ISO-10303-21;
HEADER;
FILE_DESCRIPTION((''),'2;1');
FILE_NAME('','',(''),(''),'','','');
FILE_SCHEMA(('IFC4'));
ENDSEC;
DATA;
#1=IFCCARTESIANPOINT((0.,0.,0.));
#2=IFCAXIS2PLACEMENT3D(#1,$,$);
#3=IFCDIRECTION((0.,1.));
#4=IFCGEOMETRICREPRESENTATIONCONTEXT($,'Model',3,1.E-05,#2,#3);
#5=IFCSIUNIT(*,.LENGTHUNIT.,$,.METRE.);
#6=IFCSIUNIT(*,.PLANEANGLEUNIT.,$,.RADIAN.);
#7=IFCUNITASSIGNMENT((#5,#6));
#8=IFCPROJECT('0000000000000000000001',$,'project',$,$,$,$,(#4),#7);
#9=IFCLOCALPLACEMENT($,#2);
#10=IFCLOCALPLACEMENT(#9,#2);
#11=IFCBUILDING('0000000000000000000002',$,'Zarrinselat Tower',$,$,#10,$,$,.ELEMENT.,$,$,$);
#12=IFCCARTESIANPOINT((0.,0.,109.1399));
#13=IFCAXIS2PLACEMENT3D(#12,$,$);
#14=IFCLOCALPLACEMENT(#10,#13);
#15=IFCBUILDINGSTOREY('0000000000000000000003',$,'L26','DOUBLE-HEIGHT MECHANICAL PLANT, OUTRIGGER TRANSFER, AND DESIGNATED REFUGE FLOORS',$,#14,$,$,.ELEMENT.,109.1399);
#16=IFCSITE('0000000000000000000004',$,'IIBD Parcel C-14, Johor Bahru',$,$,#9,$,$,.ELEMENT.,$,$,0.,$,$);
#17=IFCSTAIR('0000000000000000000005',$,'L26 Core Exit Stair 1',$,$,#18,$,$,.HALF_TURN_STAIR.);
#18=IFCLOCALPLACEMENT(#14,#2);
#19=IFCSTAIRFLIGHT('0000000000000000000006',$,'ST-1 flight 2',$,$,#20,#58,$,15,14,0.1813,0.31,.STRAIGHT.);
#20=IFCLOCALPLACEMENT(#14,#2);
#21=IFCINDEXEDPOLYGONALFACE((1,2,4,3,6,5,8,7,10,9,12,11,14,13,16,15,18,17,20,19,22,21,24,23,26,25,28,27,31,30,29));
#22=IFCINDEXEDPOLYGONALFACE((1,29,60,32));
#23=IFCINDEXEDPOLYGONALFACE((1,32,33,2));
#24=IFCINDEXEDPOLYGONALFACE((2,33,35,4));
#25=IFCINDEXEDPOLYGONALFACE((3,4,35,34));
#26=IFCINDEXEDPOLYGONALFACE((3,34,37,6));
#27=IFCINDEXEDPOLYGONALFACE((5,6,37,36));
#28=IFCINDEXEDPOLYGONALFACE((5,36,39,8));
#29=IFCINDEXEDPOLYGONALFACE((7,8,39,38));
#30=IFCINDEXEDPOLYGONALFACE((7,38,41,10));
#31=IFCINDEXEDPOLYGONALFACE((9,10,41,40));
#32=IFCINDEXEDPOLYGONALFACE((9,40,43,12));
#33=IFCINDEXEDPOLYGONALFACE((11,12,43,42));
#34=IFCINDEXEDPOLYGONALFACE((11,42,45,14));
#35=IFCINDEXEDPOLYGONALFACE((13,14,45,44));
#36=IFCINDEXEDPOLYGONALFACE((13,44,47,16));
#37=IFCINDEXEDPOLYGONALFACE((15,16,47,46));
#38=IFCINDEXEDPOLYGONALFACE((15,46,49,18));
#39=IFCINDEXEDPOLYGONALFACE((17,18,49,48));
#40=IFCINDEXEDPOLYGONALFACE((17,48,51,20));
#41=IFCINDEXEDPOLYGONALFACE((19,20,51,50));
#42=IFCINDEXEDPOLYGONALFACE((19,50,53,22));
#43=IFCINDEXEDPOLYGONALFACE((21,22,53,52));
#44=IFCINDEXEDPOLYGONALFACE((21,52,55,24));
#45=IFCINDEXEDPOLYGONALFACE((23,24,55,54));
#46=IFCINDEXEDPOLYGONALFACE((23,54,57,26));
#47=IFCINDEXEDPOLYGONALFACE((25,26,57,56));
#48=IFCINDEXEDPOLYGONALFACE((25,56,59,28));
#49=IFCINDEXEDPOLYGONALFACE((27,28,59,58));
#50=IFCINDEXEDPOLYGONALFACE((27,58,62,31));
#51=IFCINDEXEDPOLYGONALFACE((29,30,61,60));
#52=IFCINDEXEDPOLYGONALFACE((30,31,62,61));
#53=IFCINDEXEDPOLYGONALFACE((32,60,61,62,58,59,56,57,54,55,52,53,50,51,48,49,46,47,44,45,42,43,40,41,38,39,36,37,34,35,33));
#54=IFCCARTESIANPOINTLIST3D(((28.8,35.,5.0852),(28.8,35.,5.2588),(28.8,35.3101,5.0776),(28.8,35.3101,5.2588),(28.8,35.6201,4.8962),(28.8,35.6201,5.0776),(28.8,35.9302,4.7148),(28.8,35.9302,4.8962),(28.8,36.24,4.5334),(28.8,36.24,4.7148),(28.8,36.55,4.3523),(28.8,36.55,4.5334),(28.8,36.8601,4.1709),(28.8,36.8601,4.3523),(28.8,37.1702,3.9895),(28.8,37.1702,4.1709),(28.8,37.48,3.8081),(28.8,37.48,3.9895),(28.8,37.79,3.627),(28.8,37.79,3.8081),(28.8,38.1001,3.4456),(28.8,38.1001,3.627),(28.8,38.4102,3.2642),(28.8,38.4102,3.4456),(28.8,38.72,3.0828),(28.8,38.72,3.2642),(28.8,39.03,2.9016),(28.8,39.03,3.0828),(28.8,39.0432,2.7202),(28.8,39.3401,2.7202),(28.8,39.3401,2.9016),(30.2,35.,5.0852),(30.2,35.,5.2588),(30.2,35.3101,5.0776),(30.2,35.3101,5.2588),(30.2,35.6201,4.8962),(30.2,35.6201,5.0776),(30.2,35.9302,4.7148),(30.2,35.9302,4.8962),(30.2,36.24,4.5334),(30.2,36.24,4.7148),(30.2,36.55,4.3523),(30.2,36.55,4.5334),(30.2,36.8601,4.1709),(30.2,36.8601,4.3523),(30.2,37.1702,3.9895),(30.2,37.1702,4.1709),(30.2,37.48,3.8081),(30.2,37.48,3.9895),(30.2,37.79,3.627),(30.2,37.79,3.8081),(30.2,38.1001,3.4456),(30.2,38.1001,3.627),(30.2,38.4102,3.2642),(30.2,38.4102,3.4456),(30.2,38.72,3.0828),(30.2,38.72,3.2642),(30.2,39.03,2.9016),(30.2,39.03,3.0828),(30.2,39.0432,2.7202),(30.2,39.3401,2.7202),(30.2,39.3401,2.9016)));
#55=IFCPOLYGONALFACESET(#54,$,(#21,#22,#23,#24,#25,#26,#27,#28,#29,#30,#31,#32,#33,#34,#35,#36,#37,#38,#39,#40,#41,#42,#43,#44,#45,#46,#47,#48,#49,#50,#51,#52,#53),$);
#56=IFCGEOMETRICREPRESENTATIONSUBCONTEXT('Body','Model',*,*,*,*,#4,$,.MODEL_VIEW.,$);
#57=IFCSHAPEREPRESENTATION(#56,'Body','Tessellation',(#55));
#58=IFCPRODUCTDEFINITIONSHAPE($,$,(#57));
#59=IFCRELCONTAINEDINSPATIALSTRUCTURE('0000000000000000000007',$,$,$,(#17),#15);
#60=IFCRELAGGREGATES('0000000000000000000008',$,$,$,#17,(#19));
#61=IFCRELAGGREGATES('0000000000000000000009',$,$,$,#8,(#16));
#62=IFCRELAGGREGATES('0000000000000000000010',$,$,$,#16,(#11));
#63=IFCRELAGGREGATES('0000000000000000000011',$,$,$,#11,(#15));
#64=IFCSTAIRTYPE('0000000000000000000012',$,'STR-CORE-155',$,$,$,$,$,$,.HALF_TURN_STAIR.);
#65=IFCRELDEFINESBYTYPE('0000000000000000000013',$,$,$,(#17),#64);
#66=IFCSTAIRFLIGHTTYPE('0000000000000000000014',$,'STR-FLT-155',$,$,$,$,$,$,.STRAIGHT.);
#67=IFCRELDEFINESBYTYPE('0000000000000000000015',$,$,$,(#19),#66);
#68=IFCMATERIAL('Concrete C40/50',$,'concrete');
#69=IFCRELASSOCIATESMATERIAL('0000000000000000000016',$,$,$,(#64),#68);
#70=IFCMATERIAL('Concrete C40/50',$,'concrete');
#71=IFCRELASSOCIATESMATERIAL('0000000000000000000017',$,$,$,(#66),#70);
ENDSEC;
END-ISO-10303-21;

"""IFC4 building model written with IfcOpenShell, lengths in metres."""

from ifc_helpers import new_model, si_unit, direction, frame, origin, place, context, subcontext, project, spatial, polyline, outline, extrude, material, type_object, element, aggregate, save


model = new_model("IFC4")

# Units and contexts
model_context = context("Model", 3, precision=1e-05, world=origin(), true_north=direction((0.0, 1.0)))
body_context = subcontext(model_context, "Body", "Model", "MODEL_VIEW")
ifc_project = project(units=[si_unit("LENGTHUNIT", "METRE"), si_unit("PLANEANGLEUNIT", "RADIAN")], contexts=[model_context])

# Site, building, storey
site_placement = place(None, origin())
site = spatial("IfcSite", under=ifc_project, at=site_placement, Name="IIBD Parcel C-14, Johor Bahru", CompositionType="ELEMENT", RefElevation=0.0)
building_placement = place(site_placement, origin())
building = spatial("IfcBuilding", under=site, at=building_placement, Name="Zarrinselat Tower", CompositionType="ELEMENT")
storey_placement = place(building_placement, frame((0.0, 0.0, 109.1399)))
storey = spatial("IfcBuildingStorey", under=building, at=storey_placement, Name="L26", Description="DOUBLE-HEIGHT MECHANICAL PLANT, OUTRIGGER TRANSFER, AND DESIGNATED REFUGE FLOORS", CompositionType="ELEMENT", Elevation=109.1399)

# Stair, stair flight
ifc_material_1 = material(Name="Concrete C40/50", Category="concrete")
stair_type_1 = type_object("IfcStairType", Name="STR-CORE-155", PredefinedType="HALF_TURN_STAIR", material=ifc_material_1)
stair_1_placement = place(storey_placement, origin())
stair_1 = element("IfcStair", 1, at=stair_1_placement, inside=storey, type_object=stair_type_1, Name="L26 Core Exit Stair 1", PredefinedType="HALF_TURN_STAIR")
ifc_material_2 = material(Name="Concrete C40/50", Category="concrete")
stair_flight_type_1 = type_object("IfcStairFlightType", Name="STR-FLT-155", PredefinedType="STRAIGHT", material=ifc_material_2)
stair_flight_1_placement = place(storey_placement, frame((29.5, 39.3401, 2.7202), z_axis=(0.0, 0.0, 1.0), x_axis=(0.0, -1.0, 0.0)))
stair_flight_1 = element("IfcStairFlight", 2, at=stair_flight_1_placement, type_object=stair_flight_type_1, Name="ST-1 flight 2", NumberOfRisers=15, NumberOfTreads=14, PredefinedType="STRAIGHT", RiserHeight=0.1813, TreadLength=0.31, context=body_context, shape_type="SweptSolid", body=[
    extrude(outline(polyline([(0.0, 0.0), (0.0, 0.1814), (0.3101, 0.1814), (0.3101, 0.3625), (0.6201, 0.3625), (0.6201, 0.5439), (0.9299, 0.5439), (0.9299, 0.7253), (1.24, 0.7253), (1.24, 0.9067), (1.55, 0.9067), (1.55, 1.0879), (1.8601, 1.0879), (1.8601, 1.2693), (2.1699, 1.2693), (2.1699, 1.4507), (2.48, 1.4507), (2.48, 1.6321), (2.79, 1.6321), (2.79, 1.8132), (3.1001, 1.8132), (3.1001, 1.9946), (3.4099, 1.9946), (3.4099, 2.176), (3.72, 2.176), (3.72, 2.3574), (4.03, 2.3574), (4.03, 2.5386), (4.3401, 2.5386), (4.3401, 2.72), (4.3401, 2.365), (0.2969, 0.0), (0.0, 0.0)])), frame((0.0, 0.7, 0.0), z_axis=(0.0, -1.0, 0.0), x_axis=(1.0, 0.0, 0.0)), (0.0, 0.0, 1.0), 1.3999),
])
aggregate(stair_1, [stair_flight_1])

save(model, "model.ifc")
